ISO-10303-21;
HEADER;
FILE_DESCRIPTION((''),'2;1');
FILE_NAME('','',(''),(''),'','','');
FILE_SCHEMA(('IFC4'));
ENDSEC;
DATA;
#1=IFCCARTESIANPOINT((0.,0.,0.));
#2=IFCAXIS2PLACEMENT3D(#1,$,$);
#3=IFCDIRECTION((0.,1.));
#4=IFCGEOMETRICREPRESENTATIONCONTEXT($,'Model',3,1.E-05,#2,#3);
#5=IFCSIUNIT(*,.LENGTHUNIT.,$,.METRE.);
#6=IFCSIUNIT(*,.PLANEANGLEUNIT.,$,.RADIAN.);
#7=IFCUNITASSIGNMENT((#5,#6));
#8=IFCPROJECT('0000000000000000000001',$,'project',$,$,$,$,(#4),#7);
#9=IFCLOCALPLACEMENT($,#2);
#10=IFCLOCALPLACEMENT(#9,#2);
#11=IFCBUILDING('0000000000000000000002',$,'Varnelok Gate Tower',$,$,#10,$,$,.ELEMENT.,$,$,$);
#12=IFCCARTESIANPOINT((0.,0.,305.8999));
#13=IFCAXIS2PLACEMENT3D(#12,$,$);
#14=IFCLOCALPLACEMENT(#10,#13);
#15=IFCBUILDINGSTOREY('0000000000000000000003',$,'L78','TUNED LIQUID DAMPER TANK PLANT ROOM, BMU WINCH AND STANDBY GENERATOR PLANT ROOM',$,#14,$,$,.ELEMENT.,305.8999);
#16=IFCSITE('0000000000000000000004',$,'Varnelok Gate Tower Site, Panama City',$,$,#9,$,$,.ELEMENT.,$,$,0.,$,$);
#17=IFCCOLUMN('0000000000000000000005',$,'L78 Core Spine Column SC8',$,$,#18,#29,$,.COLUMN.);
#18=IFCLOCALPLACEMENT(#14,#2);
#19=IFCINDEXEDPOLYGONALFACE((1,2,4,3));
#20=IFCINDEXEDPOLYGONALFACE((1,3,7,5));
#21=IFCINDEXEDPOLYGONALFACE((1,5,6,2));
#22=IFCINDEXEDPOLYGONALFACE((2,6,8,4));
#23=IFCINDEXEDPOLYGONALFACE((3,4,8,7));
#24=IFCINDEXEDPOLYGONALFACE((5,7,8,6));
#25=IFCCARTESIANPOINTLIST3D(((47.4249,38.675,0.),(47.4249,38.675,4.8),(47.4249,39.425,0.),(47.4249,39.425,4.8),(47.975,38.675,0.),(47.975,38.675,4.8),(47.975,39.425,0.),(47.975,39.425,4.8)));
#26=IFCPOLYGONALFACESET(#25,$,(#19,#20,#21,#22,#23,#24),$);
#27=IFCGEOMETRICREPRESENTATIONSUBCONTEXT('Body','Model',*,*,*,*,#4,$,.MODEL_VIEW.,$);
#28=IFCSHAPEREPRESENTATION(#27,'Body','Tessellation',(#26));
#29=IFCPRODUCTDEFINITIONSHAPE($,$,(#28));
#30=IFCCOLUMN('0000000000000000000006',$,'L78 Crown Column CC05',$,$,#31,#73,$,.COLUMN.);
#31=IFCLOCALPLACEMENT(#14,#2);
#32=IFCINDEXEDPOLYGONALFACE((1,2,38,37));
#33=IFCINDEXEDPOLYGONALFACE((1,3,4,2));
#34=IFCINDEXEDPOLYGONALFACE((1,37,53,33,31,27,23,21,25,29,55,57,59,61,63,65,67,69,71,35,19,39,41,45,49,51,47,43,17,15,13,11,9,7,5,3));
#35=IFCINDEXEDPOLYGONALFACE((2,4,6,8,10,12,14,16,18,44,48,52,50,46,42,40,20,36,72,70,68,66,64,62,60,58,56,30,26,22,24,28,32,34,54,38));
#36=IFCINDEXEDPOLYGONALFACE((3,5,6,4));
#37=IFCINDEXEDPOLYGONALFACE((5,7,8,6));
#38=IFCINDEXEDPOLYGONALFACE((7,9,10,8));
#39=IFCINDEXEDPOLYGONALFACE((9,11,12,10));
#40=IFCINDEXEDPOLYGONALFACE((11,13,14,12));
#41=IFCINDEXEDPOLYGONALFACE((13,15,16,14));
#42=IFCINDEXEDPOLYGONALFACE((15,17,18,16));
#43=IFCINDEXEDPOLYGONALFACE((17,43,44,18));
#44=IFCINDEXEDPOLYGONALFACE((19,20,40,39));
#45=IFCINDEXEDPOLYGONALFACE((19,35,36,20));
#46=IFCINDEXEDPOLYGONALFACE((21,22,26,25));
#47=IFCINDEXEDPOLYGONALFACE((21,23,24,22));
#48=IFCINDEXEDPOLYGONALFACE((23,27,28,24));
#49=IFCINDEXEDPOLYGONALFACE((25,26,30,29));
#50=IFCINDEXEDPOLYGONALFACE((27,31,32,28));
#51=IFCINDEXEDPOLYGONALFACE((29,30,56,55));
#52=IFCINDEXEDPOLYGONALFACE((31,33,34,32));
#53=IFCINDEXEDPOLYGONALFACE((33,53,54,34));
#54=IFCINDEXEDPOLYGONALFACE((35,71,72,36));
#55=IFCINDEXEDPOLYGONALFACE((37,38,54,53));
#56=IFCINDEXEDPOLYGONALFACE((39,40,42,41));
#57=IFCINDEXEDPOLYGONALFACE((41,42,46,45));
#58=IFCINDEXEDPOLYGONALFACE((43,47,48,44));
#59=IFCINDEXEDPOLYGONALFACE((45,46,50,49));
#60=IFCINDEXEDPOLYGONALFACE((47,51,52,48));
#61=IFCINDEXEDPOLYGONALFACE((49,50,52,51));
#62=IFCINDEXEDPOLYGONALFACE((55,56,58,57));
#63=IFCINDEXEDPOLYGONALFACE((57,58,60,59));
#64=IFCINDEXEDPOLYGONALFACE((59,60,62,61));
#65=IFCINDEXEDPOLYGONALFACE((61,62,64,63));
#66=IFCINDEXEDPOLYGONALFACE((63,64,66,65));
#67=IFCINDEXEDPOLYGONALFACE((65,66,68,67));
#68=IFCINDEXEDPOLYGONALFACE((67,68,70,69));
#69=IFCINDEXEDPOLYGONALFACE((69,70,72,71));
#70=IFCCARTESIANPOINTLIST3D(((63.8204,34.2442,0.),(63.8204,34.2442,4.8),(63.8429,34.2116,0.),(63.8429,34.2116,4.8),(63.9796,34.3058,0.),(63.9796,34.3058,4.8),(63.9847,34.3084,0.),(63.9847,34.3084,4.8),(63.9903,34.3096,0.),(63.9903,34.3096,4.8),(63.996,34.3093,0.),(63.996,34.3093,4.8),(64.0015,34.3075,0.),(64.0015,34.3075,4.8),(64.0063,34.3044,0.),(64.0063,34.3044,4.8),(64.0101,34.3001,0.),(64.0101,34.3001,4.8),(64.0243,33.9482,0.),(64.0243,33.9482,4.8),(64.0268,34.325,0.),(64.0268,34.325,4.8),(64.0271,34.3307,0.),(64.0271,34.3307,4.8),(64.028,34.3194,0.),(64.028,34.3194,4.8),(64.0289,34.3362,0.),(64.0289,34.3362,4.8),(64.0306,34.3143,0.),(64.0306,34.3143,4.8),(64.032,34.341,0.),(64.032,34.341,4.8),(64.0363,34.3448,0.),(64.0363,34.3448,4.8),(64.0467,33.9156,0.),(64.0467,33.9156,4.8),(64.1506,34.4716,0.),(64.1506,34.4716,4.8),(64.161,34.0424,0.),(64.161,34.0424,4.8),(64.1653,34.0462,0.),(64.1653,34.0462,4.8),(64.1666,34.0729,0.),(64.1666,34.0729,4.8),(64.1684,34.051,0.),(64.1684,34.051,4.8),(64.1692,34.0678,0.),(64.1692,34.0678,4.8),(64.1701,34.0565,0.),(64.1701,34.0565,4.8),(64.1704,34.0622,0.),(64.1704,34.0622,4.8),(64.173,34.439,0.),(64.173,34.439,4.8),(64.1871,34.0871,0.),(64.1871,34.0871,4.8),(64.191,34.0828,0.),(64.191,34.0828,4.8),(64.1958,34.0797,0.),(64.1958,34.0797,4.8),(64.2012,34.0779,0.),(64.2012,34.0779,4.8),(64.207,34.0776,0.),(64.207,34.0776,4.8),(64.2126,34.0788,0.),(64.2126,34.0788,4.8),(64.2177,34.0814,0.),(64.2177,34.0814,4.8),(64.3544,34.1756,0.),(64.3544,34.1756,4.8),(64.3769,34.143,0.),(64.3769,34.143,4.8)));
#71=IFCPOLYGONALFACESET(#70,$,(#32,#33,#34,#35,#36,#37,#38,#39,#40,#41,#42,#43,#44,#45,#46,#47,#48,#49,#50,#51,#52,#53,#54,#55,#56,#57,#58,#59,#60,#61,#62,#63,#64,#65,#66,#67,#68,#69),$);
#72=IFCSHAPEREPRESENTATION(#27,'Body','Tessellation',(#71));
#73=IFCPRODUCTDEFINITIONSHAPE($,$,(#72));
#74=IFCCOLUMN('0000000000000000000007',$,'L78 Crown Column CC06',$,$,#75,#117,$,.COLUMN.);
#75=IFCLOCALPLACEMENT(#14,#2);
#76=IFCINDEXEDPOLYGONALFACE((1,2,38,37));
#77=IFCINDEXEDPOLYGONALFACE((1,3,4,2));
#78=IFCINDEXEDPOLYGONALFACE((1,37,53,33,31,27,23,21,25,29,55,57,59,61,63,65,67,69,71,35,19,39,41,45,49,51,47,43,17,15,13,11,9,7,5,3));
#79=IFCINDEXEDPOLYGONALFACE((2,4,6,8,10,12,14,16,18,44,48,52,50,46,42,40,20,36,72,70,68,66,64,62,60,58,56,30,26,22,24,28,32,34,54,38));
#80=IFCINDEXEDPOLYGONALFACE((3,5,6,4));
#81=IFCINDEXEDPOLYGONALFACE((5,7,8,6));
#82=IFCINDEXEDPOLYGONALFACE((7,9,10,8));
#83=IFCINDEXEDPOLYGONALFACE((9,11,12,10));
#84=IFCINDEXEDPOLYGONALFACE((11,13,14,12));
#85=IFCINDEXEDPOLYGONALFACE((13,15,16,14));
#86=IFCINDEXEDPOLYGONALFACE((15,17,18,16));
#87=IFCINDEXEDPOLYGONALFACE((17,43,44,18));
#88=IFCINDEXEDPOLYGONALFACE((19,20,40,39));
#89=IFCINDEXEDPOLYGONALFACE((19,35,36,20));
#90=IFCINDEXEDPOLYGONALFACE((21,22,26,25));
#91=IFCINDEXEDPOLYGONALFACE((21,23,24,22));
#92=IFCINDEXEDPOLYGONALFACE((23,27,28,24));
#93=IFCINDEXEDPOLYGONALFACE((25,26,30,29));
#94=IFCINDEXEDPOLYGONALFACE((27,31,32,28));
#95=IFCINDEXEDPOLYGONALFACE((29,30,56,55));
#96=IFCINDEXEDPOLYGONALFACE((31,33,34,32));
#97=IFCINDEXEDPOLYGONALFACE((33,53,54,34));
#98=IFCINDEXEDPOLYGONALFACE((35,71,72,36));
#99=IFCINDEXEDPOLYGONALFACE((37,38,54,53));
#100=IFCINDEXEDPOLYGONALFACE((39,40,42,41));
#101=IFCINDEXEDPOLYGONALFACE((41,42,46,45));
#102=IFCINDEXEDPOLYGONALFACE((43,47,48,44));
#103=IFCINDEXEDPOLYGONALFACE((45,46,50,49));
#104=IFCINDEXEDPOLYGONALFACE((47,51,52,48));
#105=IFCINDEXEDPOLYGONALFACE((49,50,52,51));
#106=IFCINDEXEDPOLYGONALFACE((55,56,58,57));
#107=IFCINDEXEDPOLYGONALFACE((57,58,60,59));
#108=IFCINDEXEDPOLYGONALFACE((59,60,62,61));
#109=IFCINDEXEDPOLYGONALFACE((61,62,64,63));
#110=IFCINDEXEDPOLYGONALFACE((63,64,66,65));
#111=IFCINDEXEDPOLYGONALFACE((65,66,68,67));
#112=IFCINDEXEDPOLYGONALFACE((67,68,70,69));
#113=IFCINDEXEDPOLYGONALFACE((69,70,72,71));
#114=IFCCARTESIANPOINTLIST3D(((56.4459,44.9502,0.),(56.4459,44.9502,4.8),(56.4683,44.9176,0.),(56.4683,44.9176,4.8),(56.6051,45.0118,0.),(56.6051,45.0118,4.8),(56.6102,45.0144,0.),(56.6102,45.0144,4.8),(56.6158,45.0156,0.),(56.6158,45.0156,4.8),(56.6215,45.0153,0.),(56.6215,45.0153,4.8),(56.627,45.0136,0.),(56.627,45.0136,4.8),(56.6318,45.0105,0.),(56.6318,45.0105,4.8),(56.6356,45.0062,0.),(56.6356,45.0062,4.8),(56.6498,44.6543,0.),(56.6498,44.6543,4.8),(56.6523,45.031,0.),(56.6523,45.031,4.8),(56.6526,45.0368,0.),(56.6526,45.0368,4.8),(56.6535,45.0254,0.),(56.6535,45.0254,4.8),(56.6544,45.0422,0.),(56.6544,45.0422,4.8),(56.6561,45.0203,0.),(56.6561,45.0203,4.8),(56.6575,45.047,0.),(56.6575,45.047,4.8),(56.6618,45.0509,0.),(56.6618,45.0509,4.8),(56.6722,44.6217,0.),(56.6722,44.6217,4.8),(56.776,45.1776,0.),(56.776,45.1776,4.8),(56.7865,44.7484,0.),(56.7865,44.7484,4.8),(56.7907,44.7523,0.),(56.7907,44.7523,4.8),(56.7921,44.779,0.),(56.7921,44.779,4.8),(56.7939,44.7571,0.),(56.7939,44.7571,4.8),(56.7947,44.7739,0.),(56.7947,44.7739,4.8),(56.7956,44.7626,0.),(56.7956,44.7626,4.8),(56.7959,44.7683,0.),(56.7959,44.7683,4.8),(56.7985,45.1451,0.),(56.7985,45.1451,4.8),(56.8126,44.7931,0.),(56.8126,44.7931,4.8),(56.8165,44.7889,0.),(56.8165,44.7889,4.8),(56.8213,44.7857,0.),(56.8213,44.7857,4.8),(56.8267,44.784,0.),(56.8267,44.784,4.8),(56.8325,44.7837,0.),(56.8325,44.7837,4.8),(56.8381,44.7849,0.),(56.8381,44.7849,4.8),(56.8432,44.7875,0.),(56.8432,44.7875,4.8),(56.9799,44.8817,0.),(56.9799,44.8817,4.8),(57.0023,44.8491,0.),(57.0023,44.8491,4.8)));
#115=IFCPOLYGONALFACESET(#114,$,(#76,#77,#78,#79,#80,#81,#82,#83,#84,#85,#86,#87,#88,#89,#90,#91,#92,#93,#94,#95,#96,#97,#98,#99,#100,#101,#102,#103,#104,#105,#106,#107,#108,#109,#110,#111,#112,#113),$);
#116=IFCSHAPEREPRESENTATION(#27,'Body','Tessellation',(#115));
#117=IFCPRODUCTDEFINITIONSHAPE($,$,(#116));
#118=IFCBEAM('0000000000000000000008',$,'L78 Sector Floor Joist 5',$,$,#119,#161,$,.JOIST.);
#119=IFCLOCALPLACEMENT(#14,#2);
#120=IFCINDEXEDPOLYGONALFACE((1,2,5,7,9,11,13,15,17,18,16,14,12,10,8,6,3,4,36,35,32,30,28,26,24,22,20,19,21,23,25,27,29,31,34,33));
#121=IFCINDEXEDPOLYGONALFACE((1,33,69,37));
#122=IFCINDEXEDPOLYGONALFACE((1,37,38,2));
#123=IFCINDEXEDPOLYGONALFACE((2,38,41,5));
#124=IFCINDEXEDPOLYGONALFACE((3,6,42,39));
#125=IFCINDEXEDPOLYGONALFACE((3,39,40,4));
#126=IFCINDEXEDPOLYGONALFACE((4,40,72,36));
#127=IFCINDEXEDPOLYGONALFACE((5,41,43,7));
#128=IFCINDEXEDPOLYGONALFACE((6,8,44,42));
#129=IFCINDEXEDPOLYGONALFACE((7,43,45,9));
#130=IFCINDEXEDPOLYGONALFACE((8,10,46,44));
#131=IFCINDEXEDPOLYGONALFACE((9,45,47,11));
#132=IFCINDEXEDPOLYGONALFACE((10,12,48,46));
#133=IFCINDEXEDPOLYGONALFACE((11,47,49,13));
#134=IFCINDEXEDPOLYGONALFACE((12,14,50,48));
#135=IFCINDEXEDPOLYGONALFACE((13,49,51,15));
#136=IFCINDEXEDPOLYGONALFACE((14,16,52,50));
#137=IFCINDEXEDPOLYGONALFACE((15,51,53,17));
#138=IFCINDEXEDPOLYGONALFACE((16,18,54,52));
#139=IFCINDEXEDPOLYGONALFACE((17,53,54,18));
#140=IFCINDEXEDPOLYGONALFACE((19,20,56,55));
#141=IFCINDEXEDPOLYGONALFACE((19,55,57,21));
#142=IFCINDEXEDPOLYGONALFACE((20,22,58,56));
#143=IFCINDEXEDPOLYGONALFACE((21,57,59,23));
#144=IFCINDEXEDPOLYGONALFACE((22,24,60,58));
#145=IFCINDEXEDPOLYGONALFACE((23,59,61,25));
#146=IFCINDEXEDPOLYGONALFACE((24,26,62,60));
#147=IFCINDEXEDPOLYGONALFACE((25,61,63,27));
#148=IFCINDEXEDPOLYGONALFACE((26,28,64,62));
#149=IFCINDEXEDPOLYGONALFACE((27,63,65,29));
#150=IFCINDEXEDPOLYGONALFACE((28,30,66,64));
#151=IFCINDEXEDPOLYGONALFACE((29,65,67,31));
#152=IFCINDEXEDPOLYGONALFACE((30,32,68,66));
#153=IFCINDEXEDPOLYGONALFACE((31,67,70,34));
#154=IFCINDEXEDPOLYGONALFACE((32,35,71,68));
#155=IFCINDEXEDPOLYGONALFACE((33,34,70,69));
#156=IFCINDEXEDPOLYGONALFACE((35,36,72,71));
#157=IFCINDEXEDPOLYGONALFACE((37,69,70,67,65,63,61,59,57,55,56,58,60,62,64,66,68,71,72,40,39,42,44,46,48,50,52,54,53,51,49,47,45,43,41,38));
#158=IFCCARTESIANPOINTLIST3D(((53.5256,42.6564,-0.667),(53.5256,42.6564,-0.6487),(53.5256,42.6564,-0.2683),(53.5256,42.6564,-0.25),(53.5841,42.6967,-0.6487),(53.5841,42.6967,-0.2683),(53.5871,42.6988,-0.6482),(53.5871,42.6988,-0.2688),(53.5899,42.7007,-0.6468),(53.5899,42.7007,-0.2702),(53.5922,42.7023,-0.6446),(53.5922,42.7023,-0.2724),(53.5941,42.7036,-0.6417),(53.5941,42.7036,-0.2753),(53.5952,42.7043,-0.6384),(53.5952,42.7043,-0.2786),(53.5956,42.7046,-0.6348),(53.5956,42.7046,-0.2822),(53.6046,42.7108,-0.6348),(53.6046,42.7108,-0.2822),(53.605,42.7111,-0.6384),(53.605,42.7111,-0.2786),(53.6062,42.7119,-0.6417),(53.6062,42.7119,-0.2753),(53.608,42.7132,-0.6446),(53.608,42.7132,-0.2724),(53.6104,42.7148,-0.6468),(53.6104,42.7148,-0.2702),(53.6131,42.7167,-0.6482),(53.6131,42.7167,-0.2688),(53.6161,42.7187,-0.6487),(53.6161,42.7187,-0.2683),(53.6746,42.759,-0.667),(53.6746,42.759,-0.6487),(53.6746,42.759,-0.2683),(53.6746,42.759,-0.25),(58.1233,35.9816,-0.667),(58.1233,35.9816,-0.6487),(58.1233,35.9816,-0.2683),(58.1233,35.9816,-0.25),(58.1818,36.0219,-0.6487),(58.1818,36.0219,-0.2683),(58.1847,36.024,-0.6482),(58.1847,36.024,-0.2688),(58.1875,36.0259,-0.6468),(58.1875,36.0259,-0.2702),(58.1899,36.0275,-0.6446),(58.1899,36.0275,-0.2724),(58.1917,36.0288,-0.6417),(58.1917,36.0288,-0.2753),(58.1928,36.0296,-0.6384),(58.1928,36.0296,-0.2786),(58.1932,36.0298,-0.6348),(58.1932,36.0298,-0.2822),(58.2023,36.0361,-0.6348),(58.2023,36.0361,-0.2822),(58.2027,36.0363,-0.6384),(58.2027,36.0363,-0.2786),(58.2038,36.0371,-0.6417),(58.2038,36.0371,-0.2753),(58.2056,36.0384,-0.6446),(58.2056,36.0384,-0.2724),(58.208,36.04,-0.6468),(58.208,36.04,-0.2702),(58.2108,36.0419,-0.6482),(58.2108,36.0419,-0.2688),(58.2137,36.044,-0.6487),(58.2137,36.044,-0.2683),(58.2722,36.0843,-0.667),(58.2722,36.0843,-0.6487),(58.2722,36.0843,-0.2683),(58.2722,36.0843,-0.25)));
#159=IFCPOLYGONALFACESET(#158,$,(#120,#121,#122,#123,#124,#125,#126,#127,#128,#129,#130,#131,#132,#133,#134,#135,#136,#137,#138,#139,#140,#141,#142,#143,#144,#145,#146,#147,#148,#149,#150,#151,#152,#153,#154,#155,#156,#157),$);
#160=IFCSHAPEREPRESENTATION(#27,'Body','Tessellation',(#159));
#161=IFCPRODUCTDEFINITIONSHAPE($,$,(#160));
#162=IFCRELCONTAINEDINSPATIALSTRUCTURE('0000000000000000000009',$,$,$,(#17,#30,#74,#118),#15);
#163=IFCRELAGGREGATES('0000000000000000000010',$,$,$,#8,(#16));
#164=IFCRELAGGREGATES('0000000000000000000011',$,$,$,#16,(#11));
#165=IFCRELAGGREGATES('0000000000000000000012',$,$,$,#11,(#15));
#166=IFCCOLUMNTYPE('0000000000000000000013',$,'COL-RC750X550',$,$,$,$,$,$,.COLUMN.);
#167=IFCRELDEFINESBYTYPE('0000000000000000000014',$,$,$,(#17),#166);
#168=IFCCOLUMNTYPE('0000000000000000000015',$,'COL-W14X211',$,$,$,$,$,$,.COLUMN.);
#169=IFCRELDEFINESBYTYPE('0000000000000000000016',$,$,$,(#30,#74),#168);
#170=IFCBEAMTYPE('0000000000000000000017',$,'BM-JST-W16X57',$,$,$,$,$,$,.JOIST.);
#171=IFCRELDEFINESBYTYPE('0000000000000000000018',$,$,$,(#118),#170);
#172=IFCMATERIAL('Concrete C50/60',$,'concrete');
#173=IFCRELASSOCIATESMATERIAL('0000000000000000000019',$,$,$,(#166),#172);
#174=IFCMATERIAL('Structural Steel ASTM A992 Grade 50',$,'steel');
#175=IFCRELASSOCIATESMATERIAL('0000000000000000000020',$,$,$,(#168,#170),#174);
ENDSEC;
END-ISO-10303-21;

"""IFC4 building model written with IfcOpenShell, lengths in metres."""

from ifc_helpers import new_model, si_unit, direction, frame, origin, origin_2d, place, context, subcontext, project, spatial, rectangle, i_section, extrude, material, material_profile, profile_set, type_object, element, save


model = new_model("IFC4")

# Units and contexts
model_context = context("Model", 3, precision=1e-05, world=origin(), true_north=direction((0.0, 1.0)))
body_context = subcontext(model_context, "Body", "Model", "MODEL_VIEW")
ifc_project = project(units=[si_unit("LENGTHUNIT", "METRE"), si_unit("PLANEANGLEUNIT", "RADIAN")], contexts=[model_context])

# Site, building, storey
site_placement = place(None, origin())
site = spatial("IfcSite", under=ifc_project, at=site_placement, Name="Varnelok Gate Tower Site, Panama City", CompositionType="ELEMENT", RefElevation=0.0)
building_placement = place(site_placement, origin())
building = spatial("IfcBuilding", under=site, at=building_placement, Name="Varnelok Gate Tower", CompositionType="ELEMENT")
storey_placement = place(building_placement, frame((0.0, 0.0, 305.8999)))
storey = spatial("IfcBuildingStorey", under=building, at=storey_placement, Name="L78", Description="TUNED LIQUID DAMPER TANK PLANT ROOM, BMU WINCH AND STANDBY GENERATOR PLANT ROOM", CompositionType="ELEMENT", Elevation=305.8999)

# Columns
ifc_material_1 = material(Name="Concrete C50/60", Category="concrete")
ifc_material_profile_1 = material_profile(ifc_material_1, rectangle(XDim=0.55, YDim=0.75, at=origin_2d()), Name="RC750X550")
ifc_profile_set_1 = profile_set([ifc_material_profile_1], Name="Concrete C50/60")
column_type_1 = type_object("IfcColumnType", Name="COL-RC750X550", PredefinedType="COLUMN", material=ifc_profile_set_1)
column_placement = place(storey_placement, frame((47.7, 39.05, 0.0), z_axis=(0.0, 0.0, 1.0), x_axis=(1.0, 0.0, 0.0)))
element("IfcColumn", 1, at=column_placement, inside=storey, type_object=column_type_1, Name="L78 Core Spine Column SC8", PredefinedType="COLUMN", context=body_context, shape_type="SweptSolid", body=[
    extrude(rectangle(XDim=0.55, YDim=0.75, at=origin_2d()), origin(), (0.0, 0.0, 1.0), 4.8),
])
ifc_material_2 = material(Name="Structural Steel ASTM A992 Grade 50", Category="steel")
ifc_material_profile_2 = material_profile(ifc_material_2, i_section(OverallWidth=0.4009, OverallDepth=0.3989, WebThickness=0.0249, FlangeThickness=0.0396, FilletRadius=0.022, at=origin_2d()), Name="W14X211")
ifc_profile_set_2 = profile_set([ifc_material_profile_2], Name="Structural Steel ASTM A992 Grade 50")
column_type_2 = type_object("IfcColumnType", Name="COL-W14X211", PredefinedType="COLUMN", material=ifc_profile_set_2)
for number, where, z_axis, x_axis, name in (
    (2, (64.0986, 34.1936, 0.0), (0.0, 0.0, 1.0), (0.823533, 0.567269, 0.0), "L78 Crown Column CC05"),
    (3, (56.7241, 44.8997, 0.0), (0.0, 0.0, 1.0), (0.823533, 0.567269, 0.0), "L78 Crown Column CC06"),
):
    element("IfcColumn", number, at=place(storey_placement, frame(where, z_axis=z_axis, x_axis=x_axis)), inside=storey, type_object=column_type_2, Name=name, PredefinedType="COLUMN", context=body_context, shape_type="SweptSolid", body=[
        extrude(i_section(OverallWidth=0.4009, OverallDepth=0.3989, WebThickness=0.0249, FlangeThickness=0.0396, FilletRadius=0.022, at=origin_2d()), origin(), (0.0, 0.0, 1.0), 4.8),
    ])

# Beam
ifc_material_profile_3 = material_profile(ifc_material_2, i_section(OverallWidth=0.1809, OverallDepth=0.417, WebThickness=0.011, FlangeThickness=0.0183, FilletRadius=0.0139, at=origin_2d()), Name="W16X57")
ifc_profile_set_3 = profile_set([ifc_material_profile_3], Name="Structural Steel ASTM A992 Grade 50")
beam_type_1 = type_object("IfcBeamType", Name="BM-JST-W16X57", PredefinedType="JOIST", material=ifc_profile_set_3)
beam_1_placement = place(storey_placement, frame((58.1978, 36.033, -0.4585), z_axis=(-0.56726, 0.823539, 0.0), x_axis=(-0.823539, -0.56726, 0.0)))
element("IfcBeam", 4, at=beam_1_placement, inside=storey, type_object=beam_type_1, Name="L78 Sector Floor Joist 5", PredefinedType="JOIST", context=body_context, shape_type="SweptSolid", body=[
    extrude(i_section(OverallWidth=0.1809, OverallDepth=0.417, WebThickness=0.011, FlangeThickness=0.0183, FilletRadius=0.0139, at=origin_2d()), origin(), (0.0, 0.0, 1.0), 8.105),
])

save(model, "model.ifc")
